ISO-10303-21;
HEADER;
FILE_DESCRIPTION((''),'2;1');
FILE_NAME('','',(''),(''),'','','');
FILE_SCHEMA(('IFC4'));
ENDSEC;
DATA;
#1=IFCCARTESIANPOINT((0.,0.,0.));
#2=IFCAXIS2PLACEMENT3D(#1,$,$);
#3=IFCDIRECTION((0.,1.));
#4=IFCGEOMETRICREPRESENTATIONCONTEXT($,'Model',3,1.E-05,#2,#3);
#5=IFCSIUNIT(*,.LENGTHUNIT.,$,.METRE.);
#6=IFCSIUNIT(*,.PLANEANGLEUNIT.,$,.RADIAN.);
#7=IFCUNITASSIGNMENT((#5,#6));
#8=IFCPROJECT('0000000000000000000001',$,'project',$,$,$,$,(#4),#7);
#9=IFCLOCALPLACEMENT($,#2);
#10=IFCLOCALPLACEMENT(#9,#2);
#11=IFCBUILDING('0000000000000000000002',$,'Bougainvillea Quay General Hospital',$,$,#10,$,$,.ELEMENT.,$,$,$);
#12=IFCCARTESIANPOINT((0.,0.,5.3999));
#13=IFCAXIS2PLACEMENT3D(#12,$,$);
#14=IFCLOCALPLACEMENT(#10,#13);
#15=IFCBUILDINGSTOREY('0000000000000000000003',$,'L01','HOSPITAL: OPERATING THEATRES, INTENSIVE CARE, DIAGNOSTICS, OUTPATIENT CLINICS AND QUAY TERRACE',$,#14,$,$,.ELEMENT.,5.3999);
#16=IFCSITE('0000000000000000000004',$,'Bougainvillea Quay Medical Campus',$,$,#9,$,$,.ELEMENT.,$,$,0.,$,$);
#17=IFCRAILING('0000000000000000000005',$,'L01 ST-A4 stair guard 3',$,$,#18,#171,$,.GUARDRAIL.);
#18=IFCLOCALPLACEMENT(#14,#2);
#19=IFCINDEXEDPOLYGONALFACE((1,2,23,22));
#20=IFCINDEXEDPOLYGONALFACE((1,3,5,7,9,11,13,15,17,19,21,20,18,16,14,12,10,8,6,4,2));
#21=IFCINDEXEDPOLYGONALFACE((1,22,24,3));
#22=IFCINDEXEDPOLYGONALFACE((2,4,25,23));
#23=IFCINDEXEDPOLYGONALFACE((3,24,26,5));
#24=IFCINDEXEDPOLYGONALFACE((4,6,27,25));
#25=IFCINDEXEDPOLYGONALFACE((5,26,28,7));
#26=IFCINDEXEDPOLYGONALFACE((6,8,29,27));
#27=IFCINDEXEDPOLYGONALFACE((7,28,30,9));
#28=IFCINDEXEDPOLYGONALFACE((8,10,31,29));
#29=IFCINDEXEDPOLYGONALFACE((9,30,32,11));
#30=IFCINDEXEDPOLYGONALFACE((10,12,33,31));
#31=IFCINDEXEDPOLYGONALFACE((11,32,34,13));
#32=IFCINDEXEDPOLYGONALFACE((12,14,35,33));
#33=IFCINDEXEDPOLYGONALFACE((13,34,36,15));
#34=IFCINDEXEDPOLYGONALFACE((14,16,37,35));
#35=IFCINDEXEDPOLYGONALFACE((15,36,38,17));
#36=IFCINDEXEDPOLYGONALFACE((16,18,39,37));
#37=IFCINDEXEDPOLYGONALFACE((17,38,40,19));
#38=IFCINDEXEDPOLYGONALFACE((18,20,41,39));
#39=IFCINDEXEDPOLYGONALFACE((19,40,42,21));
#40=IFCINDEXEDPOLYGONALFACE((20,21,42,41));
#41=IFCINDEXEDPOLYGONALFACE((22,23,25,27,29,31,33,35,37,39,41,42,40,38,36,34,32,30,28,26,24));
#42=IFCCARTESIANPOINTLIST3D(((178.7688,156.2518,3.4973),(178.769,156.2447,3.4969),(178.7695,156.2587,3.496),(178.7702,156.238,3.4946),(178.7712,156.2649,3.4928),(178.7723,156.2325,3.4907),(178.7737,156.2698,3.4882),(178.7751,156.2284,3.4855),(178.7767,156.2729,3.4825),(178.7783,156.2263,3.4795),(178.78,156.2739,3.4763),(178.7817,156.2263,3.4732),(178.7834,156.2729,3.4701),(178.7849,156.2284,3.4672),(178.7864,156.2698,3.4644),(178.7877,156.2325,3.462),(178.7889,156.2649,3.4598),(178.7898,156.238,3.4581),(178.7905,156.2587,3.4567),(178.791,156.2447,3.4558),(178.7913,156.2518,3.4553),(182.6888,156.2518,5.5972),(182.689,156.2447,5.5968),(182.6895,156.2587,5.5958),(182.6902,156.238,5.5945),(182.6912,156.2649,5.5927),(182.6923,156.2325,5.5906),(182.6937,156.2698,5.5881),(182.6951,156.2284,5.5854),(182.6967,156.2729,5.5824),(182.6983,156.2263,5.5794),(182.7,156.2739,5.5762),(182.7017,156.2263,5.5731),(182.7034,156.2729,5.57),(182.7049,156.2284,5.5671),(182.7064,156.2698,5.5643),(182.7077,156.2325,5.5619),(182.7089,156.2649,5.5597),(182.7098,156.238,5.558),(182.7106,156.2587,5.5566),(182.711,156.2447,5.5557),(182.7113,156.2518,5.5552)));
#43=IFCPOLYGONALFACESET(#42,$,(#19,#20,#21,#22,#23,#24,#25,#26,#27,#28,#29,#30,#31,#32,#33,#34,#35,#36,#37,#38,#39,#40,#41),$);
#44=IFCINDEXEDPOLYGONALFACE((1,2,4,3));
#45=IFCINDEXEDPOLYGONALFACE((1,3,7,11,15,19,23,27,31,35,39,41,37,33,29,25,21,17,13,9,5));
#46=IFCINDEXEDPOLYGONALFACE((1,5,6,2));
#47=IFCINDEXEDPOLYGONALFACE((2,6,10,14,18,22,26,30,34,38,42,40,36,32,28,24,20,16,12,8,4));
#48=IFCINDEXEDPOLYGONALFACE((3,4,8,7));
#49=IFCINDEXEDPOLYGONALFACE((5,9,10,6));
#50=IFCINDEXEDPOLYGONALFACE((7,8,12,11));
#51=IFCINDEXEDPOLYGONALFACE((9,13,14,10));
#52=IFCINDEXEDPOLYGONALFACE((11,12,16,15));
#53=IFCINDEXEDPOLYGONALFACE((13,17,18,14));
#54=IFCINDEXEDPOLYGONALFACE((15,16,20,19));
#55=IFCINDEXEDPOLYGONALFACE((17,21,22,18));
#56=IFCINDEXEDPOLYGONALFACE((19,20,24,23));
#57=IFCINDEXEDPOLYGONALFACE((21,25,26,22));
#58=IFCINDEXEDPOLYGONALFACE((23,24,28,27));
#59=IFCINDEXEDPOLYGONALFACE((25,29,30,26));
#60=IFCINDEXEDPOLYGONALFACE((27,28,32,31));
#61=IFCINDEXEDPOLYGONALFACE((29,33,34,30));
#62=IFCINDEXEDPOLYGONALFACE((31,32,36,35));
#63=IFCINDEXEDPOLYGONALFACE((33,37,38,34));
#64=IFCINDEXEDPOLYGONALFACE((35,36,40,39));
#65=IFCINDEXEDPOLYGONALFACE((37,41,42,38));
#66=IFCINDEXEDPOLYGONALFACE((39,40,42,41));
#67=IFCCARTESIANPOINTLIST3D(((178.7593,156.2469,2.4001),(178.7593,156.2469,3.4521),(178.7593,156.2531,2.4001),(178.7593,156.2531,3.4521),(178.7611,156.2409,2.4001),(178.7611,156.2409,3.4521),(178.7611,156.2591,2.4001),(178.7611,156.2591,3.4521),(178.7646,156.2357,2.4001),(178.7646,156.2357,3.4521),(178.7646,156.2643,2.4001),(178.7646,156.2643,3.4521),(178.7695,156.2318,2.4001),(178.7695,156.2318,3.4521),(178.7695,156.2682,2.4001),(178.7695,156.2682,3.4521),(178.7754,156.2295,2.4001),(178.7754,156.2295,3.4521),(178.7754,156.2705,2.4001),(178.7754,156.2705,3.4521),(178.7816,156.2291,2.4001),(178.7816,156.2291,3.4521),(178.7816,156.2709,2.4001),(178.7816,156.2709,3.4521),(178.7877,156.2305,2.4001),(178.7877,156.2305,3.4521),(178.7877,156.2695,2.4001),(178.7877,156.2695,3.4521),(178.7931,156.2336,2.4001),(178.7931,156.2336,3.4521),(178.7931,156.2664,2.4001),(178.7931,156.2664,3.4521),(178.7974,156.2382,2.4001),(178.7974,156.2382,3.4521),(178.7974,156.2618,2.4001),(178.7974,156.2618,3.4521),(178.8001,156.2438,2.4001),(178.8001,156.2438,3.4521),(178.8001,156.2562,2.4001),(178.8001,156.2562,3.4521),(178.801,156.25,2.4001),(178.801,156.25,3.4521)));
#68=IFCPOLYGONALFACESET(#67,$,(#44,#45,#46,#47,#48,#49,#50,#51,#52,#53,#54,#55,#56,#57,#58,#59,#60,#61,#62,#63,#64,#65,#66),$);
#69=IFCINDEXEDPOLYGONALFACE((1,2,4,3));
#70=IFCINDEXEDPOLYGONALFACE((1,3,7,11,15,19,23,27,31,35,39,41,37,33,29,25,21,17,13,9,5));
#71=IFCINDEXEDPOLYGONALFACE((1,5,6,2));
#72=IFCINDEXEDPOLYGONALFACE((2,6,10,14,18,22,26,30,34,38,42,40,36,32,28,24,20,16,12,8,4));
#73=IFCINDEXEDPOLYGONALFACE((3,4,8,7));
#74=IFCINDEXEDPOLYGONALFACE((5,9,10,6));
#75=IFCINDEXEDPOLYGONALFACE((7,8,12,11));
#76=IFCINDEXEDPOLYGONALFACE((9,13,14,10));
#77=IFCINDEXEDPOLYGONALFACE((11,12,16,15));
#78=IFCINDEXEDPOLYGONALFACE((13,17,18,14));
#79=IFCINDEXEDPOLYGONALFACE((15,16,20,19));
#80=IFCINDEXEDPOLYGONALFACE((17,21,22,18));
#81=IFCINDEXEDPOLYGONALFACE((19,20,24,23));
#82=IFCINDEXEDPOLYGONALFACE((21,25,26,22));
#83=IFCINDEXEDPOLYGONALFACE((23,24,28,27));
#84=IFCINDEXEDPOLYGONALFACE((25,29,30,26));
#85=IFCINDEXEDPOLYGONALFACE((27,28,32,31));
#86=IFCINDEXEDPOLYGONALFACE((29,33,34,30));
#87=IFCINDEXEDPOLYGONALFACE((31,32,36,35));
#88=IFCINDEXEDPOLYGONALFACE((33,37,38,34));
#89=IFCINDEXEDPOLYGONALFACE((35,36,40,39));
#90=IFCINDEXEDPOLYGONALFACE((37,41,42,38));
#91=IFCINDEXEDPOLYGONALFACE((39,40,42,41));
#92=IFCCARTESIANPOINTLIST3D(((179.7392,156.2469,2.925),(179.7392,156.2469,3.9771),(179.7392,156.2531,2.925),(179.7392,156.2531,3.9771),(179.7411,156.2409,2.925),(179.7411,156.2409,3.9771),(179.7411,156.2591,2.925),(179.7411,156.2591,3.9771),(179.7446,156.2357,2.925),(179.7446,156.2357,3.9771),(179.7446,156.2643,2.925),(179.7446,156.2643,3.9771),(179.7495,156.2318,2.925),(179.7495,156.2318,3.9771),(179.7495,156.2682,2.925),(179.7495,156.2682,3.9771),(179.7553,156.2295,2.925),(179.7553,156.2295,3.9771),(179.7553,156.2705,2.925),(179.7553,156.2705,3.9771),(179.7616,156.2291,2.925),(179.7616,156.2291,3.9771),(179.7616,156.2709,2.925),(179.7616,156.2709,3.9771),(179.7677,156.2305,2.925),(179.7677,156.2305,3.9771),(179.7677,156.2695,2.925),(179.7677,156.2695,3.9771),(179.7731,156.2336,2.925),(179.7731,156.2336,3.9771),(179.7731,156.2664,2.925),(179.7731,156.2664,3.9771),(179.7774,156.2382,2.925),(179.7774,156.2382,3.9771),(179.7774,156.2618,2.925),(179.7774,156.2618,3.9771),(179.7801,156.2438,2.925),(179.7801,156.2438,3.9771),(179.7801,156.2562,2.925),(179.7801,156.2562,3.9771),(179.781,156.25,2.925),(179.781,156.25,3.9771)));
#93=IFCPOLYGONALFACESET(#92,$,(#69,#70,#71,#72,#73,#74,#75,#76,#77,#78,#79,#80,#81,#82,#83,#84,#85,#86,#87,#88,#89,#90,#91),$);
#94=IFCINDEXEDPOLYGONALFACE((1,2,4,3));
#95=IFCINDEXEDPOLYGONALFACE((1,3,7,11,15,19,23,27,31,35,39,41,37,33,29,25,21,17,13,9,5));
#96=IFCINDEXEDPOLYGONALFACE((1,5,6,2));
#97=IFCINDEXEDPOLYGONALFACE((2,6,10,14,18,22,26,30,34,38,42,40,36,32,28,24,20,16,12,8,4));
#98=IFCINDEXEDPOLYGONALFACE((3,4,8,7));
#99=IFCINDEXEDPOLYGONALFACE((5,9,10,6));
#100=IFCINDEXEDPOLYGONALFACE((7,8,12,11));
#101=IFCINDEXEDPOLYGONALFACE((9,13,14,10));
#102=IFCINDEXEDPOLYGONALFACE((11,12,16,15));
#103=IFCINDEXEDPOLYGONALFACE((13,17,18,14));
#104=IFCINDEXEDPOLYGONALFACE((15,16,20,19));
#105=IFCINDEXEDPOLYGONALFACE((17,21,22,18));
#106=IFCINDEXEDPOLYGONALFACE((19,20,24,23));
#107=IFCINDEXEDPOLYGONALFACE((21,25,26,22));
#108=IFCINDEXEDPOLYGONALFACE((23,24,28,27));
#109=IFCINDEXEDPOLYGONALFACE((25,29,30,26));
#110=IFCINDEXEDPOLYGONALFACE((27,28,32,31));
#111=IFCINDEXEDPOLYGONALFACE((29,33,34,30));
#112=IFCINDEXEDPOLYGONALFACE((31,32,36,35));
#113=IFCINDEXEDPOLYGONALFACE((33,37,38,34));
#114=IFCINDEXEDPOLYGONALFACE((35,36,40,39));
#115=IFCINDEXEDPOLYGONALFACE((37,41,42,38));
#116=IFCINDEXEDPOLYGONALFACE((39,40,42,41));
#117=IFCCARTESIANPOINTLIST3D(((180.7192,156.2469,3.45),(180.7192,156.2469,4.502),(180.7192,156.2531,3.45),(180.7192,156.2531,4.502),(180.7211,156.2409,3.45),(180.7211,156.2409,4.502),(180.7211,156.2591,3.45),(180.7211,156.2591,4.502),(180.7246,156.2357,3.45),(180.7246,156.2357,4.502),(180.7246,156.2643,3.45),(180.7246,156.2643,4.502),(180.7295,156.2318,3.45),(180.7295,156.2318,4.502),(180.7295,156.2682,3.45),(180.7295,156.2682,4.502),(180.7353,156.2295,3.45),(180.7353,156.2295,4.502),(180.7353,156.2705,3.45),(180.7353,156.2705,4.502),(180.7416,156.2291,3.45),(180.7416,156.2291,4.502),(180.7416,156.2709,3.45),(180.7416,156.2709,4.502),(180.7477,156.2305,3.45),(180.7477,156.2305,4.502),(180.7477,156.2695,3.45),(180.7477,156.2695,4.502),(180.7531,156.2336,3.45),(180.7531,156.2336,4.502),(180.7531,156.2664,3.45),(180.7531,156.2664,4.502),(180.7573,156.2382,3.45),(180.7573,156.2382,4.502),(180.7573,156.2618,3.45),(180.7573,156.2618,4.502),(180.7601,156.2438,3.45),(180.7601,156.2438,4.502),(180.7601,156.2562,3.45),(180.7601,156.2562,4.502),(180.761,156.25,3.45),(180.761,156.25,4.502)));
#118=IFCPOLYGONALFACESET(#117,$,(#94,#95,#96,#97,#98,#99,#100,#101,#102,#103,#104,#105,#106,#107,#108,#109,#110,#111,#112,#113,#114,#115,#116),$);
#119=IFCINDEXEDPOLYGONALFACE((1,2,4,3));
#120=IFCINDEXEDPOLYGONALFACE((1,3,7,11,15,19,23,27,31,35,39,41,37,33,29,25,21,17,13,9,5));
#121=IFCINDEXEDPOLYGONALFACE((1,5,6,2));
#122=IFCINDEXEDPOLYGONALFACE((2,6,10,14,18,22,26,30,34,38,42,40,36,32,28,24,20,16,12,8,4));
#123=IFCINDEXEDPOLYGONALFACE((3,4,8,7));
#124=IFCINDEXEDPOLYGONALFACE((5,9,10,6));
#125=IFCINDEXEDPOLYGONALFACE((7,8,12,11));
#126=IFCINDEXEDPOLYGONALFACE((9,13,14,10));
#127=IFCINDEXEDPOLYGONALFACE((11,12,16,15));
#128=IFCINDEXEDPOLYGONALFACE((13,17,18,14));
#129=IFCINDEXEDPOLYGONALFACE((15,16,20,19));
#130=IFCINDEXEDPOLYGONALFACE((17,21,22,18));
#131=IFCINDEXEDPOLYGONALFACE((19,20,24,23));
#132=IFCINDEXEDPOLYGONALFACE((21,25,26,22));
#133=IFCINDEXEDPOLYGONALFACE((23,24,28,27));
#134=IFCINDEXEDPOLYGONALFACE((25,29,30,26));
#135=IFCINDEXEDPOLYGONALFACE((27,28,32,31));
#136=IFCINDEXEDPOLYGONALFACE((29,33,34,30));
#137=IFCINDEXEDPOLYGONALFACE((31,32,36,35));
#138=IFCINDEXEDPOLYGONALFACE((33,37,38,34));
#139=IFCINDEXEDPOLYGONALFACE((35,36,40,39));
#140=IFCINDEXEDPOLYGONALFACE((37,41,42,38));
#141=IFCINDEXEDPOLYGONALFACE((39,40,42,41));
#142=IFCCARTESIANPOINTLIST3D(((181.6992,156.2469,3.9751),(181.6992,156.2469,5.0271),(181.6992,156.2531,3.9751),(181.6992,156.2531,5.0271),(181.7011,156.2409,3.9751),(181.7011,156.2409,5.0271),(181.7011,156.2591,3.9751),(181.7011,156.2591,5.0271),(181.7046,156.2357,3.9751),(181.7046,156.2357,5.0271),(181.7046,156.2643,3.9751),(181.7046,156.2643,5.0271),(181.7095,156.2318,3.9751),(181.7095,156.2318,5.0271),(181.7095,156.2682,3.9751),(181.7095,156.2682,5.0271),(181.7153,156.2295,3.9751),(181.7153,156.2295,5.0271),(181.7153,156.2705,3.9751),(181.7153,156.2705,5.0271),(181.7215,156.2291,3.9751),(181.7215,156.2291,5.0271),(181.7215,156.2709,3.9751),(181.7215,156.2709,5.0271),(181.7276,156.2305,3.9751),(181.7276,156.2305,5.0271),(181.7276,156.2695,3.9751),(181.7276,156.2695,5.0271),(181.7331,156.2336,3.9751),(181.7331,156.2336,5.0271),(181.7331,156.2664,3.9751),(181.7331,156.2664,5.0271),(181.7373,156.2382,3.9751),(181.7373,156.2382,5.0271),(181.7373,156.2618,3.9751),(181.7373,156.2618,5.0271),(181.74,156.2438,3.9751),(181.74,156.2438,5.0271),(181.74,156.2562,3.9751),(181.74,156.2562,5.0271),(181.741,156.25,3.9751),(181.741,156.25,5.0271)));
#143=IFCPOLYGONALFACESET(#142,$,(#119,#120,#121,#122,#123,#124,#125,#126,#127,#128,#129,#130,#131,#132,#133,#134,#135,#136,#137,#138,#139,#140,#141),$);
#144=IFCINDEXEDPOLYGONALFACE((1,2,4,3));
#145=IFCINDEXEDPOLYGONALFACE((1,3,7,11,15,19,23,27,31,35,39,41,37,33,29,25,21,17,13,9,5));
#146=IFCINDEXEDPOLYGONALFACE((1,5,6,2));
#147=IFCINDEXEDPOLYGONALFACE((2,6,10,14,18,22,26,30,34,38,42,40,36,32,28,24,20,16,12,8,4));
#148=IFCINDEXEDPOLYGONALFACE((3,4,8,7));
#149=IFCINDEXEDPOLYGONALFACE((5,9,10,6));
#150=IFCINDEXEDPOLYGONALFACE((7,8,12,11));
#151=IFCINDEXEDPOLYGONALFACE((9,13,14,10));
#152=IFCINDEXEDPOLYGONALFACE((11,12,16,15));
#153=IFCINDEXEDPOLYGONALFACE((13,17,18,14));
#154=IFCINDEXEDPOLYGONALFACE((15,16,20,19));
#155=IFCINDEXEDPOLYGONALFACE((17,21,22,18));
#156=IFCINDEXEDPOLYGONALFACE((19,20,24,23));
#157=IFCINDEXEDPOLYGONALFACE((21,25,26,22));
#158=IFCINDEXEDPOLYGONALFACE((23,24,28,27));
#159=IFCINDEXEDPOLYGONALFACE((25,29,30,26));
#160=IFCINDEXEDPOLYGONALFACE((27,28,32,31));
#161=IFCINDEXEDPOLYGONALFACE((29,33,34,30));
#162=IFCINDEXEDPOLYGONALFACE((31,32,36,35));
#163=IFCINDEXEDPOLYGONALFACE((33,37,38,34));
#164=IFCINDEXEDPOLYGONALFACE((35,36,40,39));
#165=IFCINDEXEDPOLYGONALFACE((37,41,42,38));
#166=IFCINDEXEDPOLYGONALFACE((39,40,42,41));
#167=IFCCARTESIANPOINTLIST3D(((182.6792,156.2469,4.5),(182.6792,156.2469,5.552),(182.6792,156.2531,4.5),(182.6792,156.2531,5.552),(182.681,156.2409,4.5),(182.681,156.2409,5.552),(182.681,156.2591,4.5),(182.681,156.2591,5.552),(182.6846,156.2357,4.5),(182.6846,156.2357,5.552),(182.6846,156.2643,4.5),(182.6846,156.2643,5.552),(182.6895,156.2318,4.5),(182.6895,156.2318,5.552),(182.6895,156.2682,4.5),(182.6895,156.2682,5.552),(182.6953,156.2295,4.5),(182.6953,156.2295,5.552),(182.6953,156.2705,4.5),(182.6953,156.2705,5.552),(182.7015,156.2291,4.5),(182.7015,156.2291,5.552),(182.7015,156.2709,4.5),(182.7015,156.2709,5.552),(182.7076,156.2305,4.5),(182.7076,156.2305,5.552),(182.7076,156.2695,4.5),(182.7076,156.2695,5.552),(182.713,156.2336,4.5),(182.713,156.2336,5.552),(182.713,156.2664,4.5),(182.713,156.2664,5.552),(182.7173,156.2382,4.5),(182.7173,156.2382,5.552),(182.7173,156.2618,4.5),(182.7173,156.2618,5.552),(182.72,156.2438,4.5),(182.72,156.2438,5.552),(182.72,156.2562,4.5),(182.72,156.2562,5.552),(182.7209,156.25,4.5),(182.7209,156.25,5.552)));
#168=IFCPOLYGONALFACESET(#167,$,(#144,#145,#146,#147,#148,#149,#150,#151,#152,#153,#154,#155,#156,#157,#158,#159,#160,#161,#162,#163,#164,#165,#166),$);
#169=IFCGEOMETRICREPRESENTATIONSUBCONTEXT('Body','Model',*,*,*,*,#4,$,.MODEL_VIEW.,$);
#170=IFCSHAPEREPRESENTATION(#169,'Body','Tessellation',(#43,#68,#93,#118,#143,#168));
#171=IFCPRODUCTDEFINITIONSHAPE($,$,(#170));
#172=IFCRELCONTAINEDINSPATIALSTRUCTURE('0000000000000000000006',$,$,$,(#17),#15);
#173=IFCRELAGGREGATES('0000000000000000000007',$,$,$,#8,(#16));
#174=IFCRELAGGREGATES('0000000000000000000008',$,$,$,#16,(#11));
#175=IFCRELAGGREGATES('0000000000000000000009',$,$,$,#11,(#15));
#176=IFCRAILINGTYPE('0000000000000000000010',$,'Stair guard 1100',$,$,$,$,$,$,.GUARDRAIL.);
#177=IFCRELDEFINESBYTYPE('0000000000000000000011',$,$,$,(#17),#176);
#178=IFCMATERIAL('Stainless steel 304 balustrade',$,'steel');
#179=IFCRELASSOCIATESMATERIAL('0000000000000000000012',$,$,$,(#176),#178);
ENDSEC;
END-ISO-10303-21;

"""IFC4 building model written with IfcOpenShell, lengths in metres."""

from ifc_helpers import new_model, si_unit, direction, frame, origin, origin_2d, place, context, subcontext, project, spatial, circle, extrude, material, type_object, element, save


model = new_model("IFC4")

# Units and contexts
model_context = context("Model", 3, precision=1e-05, world=origin(), true_north=direction((0.0, 1.0)))
body_context = subcontext(model_context, "Body", "Model", "MODEL_VIEW")
ifc_project = project(units=[si_unit("LENGTHUNIT", "METRE"), si_unit("PLANEANGLEUNIT", "RADIAN")], contexts=[model_context])

# Site, building, storey
site_placement = place(None, origin())
site = spatial("IfcSite", under=ifc_project, at=site_placement, Name="Bougainvillea Quay Medical Campus", CompositionType="ELEMENT", RefElevation=0.0)
building_placement = place(site_placement, origin())
building = spatial("IfcBuilding", under=site, at=building_placement, Name="Bougainvillea Quay General Hospital", CompositionType="ELEMENT")
storey_placement = place(building_placement, frame((0.0, 0.0, 5.3999)))
storey = spatial("IfcBuildingStorey", under=building, at=storey_placement, Name="L01", Description="HOSPITAL: OPERATING THEATRES, INTENSIVE CARE, DIAGNOSTICS, OUTPATIENT CLINICS AND QUAY TERRACE", CompositionType="ELEMENT", Elevation=5.3999)

# Railing
ifc_material_1 = material(Name="Stainless steel 304 balustrade", Category="steel")
railing_type_1 = type_object("IfcRailingType", Name="Stair guard 1100", PredefinedType="GUARDRAIL", material=ifc_material_1)
railing_1_placement = place(storey_placement, frame((178.78, 156.25, 2.4001)))
element("IfcRailing", 1, at=railing_1_placement, inside=storey, type_object=railing_type_1, Name="L01 ST-A4 stair guard 3", PredefinedType="GUARDRAIL", context=body_context, shape_type="SweptSolid", body=[
    extrude(circle(Radius=0.0239, at=origin_2d()), frame((0.0, 0.0, 1.0762), z_axis=(0.88149, 0.0, 0.472203), x_axis=(0.0, 1.0, 0.0)), (0.0, 0.0, 1.0), 4.447),
    extrude(circle(Radius=0.021, at=origin_2d()), origin(), (0.0, 0.0, 1.0), 1.052),
    extrude(circle(Radius=0.021, at=origin_2d()), frame((0.98, 0.0, 0.5249)), (0.0, 0.0, 1.0), 1.052),
    extrude(circle(Radius=0.021, at=origin_2d()), frame((1.96, 0.0, 1.0498)), (0.0, 0.0, 1.0), 1.052),
    extrude(circle(Radius=0.021, at=origin_2d()), frame((2.9399, 0.0, 1.575)), (0.0, 0.0, 1.0), 1.052),
    extrude(circle(Radius=0.021, at=origin_2d()), frame((3.9199, 0.0, 2.0999)), (0.0, 0.0, 1.0), 1.052),
])

save(model, "model.ifc")
